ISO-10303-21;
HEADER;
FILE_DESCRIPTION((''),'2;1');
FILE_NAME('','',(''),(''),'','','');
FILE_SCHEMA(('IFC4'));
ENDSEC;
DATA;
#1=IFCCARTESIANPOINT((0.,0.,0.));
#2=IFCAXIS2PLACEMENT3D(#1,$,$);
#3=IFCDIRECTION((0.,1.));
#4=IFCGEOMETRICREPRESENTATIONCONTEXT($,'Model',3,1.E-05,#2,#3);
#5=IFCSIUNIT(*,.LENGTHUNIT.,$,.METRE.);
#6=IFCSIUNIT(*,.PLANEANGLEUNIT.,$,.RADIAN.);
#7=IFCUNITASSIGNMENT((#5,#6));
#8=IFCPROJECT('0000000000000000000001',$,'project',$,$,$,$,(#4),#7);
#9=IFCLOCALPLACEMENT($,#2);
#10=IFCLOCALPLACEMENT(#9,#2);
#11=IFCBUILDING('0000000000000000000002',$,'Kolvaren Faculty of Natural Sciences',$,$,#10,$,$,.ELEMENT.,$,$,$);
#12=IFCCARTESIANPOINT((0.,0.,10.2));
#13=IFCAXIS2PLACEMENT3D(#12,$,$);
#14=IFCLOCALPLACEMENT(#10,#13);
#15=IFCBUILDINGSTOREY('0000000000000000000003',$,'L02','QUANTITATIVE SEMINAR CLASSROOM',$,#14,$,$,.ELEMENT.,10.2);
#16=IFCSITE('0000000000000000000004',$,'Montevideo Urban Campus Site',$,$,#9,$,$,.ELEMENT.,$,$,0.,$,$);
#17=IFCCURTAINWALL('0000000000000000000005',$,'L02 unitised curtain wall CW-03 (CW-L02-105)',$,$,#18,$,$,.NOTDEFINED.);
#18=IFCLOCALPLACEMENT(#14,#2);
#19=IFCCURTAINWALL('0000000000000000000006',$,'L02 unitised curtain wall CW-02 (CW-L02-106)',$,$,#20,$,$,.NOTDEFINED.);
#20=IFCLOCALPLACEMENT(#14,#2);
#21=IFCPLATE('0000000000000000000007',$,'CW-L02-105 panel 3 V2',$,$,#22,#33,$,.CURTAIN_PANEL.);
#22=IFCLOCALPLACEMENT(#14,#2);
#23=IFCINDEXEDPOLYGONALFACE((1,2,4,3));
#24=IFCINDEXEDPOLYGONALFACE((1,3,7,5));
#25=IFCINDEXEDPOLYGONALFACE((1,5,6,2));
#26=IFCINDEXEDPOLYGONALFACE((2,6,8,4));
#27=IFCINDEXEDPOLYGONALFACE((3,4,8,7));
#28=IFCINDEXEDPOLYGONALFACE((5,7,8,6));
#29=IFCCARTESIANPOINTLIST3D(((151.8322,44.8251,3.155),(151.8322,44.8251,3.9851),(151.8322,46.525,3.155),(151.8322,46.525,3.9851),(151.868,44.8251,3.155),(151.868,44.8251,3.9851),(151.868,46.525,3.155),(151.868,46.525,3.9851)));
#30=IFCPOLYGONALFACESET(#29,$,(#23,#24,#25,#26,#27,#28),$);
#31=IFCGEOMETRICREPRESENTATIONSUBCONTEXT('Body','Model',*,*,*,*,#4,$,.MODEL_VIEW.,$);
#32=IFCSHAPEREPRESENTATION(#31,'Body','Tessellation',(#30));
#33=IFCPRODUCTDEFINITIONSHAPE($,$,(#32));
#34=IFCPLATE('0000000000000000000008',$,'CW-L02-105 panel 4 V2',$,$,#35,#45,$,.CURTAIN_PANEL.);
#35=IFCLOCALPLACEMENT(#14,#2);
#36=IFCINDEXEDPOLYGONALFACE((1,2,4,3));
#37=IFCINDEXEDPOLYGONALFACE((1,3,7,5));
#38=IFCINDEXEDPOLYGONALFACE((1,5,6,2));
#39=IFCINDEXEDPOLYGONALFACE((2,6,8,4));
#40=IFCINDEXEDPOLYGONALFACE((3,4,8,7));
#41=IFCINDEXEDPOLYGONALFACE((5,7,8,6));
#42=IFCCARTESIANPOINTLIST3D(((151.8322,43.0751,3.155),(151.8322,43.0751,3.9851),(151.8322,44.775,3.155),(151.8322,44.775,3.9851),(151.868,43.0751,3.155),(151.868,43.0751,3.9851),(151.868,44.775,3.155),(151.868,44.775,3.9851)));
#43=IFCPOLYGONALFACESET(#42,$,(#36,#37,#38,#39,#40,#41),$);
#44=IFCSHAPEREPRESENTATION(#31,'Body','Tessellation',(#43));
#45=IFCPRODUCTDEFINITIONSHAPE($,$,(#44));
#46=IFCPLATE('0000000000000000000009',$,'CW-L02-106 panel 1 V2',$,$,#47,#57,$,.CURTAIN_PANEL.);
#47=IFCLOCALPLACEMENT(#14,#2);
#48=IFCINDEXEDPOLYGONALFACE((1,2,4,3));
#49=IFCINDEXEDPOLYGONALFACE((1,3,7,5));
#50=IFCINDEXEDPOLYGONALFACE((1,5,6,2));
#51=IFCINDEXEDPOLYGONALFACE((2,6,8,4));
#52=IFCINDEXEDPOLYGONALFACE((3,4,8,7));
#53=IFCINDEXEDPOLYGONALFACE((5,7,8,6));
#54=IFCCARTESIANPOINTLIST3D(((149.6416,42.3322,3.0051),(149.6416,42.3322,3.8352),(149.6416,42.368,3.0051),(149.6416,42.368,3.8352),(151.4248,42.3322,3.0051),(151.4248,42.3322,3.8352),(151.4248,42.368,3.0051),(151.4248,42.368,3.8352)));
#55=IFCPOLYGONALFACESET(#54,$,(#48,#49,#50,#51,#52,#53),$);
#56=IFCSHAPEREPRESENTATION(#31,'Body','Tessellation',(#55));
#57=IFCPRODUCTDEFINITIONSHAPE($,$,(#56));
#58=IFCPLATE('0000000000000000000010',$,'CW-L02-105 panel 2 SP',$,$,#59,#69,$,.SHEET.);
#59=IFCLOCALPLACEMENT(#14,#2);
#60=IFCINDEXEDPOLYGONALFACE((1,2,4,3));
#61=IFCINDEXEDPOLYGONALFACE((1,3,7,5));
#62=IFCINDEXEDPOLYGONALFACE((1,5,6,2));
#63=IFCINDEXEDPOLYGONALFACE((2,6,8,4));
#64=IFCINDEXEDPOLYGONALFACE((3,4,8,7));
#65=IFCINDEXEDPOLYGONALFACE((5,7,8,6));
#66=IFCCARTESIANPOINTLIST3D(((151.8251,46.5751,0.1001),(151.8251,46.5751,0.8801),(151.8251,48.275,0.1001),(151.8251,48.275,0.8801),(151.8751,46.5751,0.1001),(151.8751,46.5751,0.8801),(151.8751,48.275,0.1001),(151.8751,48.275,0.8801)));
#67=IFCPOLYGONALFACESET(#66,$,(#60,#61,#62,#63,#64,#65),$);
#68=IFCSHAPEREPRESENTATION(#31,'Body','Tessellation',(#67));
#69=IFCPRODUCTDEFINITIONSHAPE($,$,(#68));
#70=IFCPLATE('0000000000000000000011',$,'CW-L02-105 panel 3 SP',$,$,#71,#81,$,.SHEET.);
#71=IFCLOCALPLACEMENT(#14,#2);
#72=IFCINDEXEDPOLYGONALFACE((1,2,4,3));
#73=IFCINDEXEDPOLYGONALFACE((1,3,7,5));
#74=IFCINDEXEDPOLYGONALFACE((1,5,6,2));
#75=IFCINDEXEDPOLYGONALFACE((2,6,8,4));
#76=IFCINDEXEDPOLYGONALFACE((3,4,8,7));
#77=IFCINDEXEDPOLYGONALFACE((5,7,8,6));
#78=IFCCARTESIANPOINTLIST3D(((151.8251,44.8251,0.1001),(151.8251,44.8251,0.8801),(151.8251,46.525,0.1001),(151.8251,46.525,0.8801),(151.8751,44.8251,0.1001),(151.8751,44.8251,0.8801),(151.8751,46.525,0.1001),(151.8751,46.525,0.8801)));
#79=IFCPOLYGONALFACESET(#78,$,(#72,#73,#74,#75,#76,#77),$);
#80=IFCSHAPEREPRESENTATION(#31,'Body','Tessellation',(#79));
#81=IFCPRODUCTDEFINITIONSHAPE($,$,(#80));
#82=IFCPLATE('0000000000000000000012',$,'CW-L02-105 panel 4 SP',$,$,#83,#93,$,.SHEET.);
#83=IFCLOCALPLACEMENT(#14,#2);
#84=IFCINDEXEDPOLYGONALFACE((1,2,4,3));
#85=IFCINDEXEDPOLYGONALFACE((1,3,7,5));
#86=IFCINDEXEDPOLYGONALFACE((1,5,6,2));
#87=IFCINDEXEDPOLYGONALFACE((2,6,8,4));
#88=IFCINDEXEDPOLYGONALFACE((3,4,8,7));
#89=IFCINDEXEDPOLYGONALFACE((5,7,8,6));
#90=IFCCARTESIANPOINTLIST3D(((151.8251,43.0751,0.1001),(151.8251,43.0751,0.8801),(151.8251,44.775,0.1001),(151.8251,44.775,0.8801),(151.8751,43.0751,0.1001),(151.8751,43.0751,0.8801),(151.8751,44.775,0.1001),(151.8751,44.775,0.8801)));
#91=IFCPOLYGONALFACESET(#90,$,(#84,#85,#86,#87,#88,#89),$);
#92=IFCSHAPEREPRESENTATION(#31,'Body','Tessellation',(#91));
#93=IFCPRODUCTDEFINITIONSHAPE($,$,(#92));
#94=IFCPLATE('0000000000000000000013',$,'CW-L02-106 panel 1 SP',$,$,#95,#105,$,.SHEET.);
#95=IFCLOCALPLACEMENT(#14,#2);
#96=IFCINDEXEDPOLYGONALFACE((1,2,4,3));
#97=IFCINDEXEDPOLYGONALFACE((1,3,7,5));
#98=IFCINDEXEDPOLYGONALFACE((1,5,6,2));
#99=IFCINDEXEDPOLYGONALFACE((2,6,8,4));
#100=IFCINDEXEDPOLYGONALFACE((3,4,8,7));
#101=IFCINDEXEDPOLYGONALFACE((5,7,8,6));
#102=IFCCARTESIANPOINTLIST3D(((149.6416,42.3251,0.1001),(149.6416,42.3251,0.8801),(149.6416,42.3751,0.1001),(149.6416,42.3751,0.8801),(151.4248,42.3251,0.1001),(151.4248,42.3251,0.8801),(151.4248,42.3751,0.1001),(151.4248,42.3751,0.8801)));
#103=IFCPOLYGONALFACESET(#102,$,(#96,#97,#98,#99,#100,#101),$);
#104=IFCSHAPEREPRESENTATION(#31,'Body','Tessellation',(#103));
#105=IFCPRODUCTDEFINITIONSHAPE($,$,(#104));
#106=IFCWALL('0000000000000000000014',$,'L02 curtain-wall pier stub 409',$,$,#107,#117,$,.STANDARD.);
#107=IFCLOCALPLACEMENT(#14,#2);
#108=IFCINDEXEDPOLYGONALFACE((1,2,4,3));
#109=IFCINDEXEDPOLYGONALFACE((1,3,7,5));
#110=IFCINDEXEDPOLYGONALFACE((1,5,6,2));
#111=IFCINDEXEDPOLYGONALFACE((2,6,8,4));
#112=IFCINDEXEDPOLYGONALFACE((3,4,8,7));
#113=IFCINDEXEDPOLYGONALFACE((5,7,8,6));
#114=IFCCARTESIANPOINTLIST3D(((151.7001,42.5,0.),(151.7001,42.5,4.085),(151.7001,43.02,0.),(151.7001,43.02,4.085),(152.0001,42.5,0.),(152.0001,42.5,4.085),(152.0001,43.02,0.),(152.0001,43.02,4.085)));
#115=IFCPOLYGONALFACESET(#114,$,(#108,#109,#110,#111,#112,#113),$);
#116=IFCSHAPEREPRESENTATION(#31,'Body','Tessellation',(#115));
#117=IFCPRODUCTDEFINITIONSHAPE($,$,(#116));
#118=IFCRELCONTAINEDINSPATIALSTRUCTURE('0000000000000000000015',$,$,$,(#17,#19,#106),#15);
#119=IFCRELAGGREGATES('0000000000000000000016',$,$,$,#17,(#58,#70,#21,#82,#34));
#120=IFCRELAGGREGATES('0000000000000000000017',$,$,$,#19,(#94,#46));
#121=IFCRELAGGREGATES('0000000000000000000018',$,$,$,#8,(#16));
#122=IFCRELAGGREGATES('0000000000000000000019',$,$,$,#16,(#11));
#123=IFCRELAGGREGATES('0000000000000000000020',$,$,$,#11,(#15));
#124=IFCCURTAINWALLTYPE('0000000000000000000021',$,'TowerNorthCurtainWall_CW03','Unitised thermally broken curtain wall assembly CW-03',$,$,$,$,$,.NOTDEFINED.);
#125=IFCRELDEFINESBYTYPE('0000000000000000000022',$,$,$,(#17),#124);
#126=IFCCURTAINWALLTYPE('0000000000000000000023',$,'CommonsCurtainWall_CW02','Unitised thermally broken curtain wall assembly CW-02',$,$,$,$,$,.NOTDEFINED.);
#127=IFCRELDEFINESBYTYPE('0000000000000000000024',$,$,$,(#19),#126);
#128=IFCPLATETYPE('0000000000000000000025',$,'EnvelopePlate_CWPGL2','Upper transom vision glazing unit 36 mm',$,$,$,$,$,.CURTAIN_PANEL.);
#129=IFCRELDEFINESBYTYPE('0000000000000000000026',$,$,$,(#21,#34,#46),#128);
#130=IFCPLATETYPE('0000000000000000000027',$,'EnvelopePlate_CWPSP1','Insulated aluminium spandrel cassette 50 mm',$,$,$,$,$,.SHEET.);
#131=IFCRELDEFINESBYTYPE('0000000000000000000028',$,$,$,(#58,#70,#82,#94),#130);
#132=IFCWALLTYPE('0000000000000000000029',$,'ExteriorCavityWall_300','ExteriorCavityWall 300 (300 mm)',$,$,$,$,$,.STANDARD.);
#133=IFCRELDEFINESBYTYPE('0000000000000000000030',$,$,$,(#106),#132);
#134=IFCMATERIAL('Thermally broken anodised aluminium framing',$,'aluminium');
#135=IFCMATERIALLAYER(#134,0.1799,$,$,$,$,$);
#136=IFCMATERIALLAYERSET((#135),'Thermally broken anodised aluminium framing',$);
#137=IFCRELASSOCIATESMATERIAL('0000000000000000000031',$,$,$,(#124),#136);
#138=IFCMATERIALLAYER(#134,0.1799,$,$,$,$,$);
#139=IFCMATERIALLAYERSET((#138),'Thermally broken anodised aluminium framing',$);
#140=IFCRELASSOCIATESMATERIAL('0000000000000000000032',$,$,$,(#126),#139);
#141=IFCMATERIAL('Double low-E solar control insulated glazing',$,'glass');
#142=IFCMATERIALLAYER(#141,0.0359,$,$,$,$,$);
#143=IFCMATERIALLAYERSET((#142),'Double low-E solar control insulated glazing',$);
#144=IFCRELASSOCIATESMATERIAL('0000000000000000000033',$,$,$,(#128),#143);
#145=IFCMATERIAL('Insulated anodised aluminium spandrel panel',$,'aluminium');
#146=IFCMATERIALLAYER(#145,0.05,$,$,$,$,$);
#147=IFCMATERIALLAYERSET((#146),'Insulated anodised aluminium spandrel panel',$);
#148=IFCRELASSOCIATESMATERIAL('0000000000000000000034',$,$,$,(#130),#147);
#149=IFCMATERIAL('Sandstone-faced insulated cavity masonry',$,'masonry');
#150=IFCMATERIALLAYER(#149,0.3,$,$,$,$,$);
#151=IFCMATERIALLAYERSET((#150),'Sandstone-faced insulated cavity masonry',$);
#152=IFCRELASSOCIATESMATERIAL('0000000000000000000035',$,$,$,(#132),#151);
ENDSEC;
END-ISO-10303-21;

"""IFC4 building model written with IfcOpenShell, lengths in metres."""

from ifc_helpers import new_model, si_unit, direction, frame, frame_2d, origin, origin_2d, place, context, subcontext, project, spatial, rectangle, extrude, material, layer, layer_set, type_object, element, aggregate, save


model = new_model("IFC4")

# Units and contexts
model_context = context("Model", 3, precision=1e-05, world=origin(), true_north=direction((0.0, 1.0)))
body_context = subcontext(model_context, "Body", "Model", "MODEL_VIEW")
ifc_project = project(units=[si_unit("LENGTHUNIT", "METRE"), si_unit("PLANEANGLEUNIT", "RADIAN")], contexts=[model_context])

# Site, building, storey
site_placement = place(None, origin())
site = spatial("IfcSite", under=ifc_project, at=site_placement, Name="Montevideo Urban Campus Site", CompositionType="ELEMENT", RefElevation=0.0)
building_placement = place(site_placement, origin())
building = spatial("IfcBuilding", under=site, at=building_placement, Name="Kolvaren Faculty of Natural Sciences", CompositionType="ELEMENT")
storey_placement = place(building_placement, frame((0.0, 0.0, 10.2)))
storey = spatial("IfcBuildingStorey", under=building, at=storey_placement, Name="L02", Description="QUANTITATIVE SEMINAR CLASSROOM", CompositionType="ELEMENT", Elevation=10.2)

# Curtain walls
ifc_material_1 = material(Name="Thermally broken anodised aluminium framing", Category="aluminium")
ifc_layer_1 = layer(ifc_material_1, 0.1799)
ifc_layer_set_1 = layer_set([ifc_layer_1], Name="Thermally broken anodised aluminium framing")
curtain_wall_type_1 = type_object("IfcCurtainWallType", Name="TowerNorthCurtainWall_CW03", Description="Unitised thermally broken curtain wall assembly CW-03", PredefinedType="NOTDEFINED", material=ifc_layer_set_1)
curtain_wall_1_placement = place(storey_placement, origin())
curtain_wall_1 = element("IfcCurtainWall", 1, at=curtain_wall_1_placement, inside=storey, type_object=curtain_wall_type_1, Name="L02 unitised curtain wall CW-03 (CW-L02-105)", PredefinedType="NOTDEFINED")
ifc_layer_2 = layer(ifc_material_1, 0.1799)
ifc_layer_set_2 = layer_set([ifc_layer_2], Name="Thermally broken anodised aluminium framing")
curtain_wall_type_2 = type_object("IfcCurtainWallType", Name="CommonsCurtainWall_CW02", Description="Unitised thermally broken curtain wall assembly CW-02", PredefinedType="NOTDEFINED", material=ifc_layer_set_2)
curtain_wall_2_placement = place(storey_placement, origin())
curtain_wall_2 = element("IfcCurtainWall", 2, at=curtain_wall_2_placement, inside=storey, type_object=curtain_wall_type_2, Name="L02 unitised curtain wall CW-02 (CW-L02-106)", PredefinedType="NOTDEFINED")

# Plates
ifc_material_2 = material(Name="Double low-E solar control insulated glazing", Category="glass")
ifc_layer_3 = layer(ifc_material_2, 0.0359)
ifc_layer_set_3 = layer_set([ifc_layer_3], Name="Double low-E solar control insulated glazing")
plate_type_1 = type_object("IfcPlateType", Name="EnvelopePlate_CWPGL2", Description="Upper transom vision glazing unit 36 mm", PredefinedType="CURTAIN_PANEL", material=ifc_layer_set_3)
plate_1_placement = place(storey_placement, frame((151.8501, 45.675, 3.155), z_axis=(0.0, 0.0, 1.0), x_axis=(0.0, -1.0, 0.0)))
plate_1 = element("IfcPlate", 3, at=plate_1_placement, type_object=plate_type_1, Name="CW-L02-105 panel 3 V2", PredefinedType="CURTAIN_PANEL", context=body_context, shape_type="SweptSolid", body=[
    extrude(rectangle(XDim=1.7, YDim=0.0359, at=origin_2d()), origin(), (0.0, 0.0, 1.0), 0.8301),
])
plate_2_placement = place(storey_placement, frame((151.8501, 43.925, 3.155), z_axis=(0.0, 0.0, 1.0), x_axis=(0.0, -1.0, 0.0)))
plate_2 = element("IfcPlate", 4, at=plate_2_placement, type_object=plate_type_1, Name="CW-L02-105 panel 4 V2", PredefinedType="CURTAIN_PANEL", context=body_context, shape_type="SweptSolid", body=[
    extrude(rectangle(XDim=1.7, YDim=0.0359, at=origin_2d()), origin(), (0.0, 0.0, 1.0), 0.8301),
])
plate_3_placement = place(storey_placement, frame((150.5332, 42.3501, 3.0051), z_axis=(0.0, 0.0, 1.0), x_axis=(-1.0, 0.0, 0.0)))
plate_3 = element("IfcPlate", 5, at=plate_3_placement, type_object=plate_type_1, Name="CW-L02-106 panel 1 V2", PredefinedType="CURTAIN_PANEL", context=body_context, shape_type="SweptSolid", body=[
    extrude(rectangle(XDim=1.7832, YDim=0.0359, at=origin_2d()), origin(), (0.0, 0.0, 1.0), 0.8301),
])
ifc_material_3 = material(Name="Insulated anodised aluminium spandrel panel", Category="aluminium")
ifc_layer_4 = layer(ifc_material_3, 0.05)
ifc_layer_set_4 = layer_set([ifc_layer_4], Name="Insulated anodised aluminium spandrel panel")
plate_type_2 = type_object("IfcPlateType", Name="EnvelopePlate_CWPSP1", Description="Insulated aluminium spandrel cassette 50 mm", PredefinedType="SHEET", material=ifc_layer_set_4)
plate_4_placement = place(storey_placement, frame((151.8501, 47.425, 0.1001), z_axis=(0.0, 0.0, 1.0), x_axis=(0.0, -1.0, 0.0)))
plate_4 = element("IfcPlate", 6, at=plate_4_placement, type_object=plate_type_2, Name="CW-L02-105 panel 2 SP", PredefinedType="SHEET", context=body_context, shape_type="SweptSolid", body=[
    extrude(rectangle(XDim=1.7, YDim=0.05, at=origin_2d()), origin(), (0.0, 0.0, 1.0), 0.78),
])
plate_5_placement = place(storey_placement, frame((151.8501, 45.675, 0.1001), z_axis=(0.0, 0.0, 1.0), x_axis=(0.0, -1.0, 0.0)))
plate_5 = element("IfcPlate", 7, at=plate_5_placement, type_object=plate_type_2, Name="CW-L02-105 panel 3 SP", PredefinedType="SHEET", context=body_context, shape_type="SweptSolid", body=[
    extrude(rectangle(XDim=1.7, YDim=0.05, at=origin_2d()), origin(), (0.0, 0.0, 1.0), 0.78),
])
plate_6_placement = place(storey_placement, frame((151.8501, 43.925, 0.1001), z_axis=(0.0, 0.0, 1.0), x_axis=(0.0, -1.0, 0.0)))
plate_6 = element("IfcPlate", 8, at=plate_6_placement, type_object=plate_type_2, Name="CW-L02-105 panel 4 SP", PredefinedType="SHEET", context=body_context, shape_type="SweptSolid", body=[
    extrude(rectangle(XDim=1.7, YDim=0.05, at=origin_2d()), origin(), (0.0, 0.0, 1.0), 0.78),
])
aggregate(curtain_wall_1, [plate_4, plate_5, plate_1, plate_6, plate_2])
plate_7_placement = place(storey_placement, frame((150.5332, 42.3501, 0.1001), z_axis=(0.0, 0.0, 1.0), x_axis=(-1.0, 0.0, 0.0)))
plate_7 = element("IfcPlate", 9, at=plate_7_placement, type_object=plate_type_2, Name="CW-L02-106 panel 1 SP", PredefinedType="SHEET", context=body_context, shape_type="SweptSolid", body=[
    extrude(rectangle(XDim=1.7832, YDim=0.05, at=origin_2d()), origin(), (0.0, 0.0, 1.0), 0.78),
])
aggregate(curtain_wall_2, [plate_7, plate_3])

# Wall
ifc_material_4 = material(Name="Sandstone-faced insulated cavity masonry", Category="masonry")
ifc_layer_5 = layer(ifc_material_4, 0.3)
ifc_layer_set_5 = layer_set([ifc_layer_5], Name="Sandstone-faced insulated cavity masonry")
wall_type = type_object("IfcWallType", Name="ExteriorCavityWall_300", Description="ExteriorCavityWall 300 (300 mm)", PredefinedType="STANDARD", material=ifc_layer_set_5)
wall_placement = place(storey_placement, frame((151.8501, 43.02, 0.0), z_axis=(0.0, 0.0, 1.0), x_axis=(0.0, -1.0, 0.0)))
element("IfcWall", 10, at=wall_placement, inside=storey, type_object=wall_type, Name="L02 curtain-wall pier stub 409", PredefinedType="STANDARD", context=body_context, shape_type="SweptSolid", body=[
    extrude(rectangle(XDim=0.52, YDim=0.3, at=frame_2d((0.26, 0.0))), origin(), (0.0, 0.0, 1.0), 4.085),
])

save(model, "model.ifc")
